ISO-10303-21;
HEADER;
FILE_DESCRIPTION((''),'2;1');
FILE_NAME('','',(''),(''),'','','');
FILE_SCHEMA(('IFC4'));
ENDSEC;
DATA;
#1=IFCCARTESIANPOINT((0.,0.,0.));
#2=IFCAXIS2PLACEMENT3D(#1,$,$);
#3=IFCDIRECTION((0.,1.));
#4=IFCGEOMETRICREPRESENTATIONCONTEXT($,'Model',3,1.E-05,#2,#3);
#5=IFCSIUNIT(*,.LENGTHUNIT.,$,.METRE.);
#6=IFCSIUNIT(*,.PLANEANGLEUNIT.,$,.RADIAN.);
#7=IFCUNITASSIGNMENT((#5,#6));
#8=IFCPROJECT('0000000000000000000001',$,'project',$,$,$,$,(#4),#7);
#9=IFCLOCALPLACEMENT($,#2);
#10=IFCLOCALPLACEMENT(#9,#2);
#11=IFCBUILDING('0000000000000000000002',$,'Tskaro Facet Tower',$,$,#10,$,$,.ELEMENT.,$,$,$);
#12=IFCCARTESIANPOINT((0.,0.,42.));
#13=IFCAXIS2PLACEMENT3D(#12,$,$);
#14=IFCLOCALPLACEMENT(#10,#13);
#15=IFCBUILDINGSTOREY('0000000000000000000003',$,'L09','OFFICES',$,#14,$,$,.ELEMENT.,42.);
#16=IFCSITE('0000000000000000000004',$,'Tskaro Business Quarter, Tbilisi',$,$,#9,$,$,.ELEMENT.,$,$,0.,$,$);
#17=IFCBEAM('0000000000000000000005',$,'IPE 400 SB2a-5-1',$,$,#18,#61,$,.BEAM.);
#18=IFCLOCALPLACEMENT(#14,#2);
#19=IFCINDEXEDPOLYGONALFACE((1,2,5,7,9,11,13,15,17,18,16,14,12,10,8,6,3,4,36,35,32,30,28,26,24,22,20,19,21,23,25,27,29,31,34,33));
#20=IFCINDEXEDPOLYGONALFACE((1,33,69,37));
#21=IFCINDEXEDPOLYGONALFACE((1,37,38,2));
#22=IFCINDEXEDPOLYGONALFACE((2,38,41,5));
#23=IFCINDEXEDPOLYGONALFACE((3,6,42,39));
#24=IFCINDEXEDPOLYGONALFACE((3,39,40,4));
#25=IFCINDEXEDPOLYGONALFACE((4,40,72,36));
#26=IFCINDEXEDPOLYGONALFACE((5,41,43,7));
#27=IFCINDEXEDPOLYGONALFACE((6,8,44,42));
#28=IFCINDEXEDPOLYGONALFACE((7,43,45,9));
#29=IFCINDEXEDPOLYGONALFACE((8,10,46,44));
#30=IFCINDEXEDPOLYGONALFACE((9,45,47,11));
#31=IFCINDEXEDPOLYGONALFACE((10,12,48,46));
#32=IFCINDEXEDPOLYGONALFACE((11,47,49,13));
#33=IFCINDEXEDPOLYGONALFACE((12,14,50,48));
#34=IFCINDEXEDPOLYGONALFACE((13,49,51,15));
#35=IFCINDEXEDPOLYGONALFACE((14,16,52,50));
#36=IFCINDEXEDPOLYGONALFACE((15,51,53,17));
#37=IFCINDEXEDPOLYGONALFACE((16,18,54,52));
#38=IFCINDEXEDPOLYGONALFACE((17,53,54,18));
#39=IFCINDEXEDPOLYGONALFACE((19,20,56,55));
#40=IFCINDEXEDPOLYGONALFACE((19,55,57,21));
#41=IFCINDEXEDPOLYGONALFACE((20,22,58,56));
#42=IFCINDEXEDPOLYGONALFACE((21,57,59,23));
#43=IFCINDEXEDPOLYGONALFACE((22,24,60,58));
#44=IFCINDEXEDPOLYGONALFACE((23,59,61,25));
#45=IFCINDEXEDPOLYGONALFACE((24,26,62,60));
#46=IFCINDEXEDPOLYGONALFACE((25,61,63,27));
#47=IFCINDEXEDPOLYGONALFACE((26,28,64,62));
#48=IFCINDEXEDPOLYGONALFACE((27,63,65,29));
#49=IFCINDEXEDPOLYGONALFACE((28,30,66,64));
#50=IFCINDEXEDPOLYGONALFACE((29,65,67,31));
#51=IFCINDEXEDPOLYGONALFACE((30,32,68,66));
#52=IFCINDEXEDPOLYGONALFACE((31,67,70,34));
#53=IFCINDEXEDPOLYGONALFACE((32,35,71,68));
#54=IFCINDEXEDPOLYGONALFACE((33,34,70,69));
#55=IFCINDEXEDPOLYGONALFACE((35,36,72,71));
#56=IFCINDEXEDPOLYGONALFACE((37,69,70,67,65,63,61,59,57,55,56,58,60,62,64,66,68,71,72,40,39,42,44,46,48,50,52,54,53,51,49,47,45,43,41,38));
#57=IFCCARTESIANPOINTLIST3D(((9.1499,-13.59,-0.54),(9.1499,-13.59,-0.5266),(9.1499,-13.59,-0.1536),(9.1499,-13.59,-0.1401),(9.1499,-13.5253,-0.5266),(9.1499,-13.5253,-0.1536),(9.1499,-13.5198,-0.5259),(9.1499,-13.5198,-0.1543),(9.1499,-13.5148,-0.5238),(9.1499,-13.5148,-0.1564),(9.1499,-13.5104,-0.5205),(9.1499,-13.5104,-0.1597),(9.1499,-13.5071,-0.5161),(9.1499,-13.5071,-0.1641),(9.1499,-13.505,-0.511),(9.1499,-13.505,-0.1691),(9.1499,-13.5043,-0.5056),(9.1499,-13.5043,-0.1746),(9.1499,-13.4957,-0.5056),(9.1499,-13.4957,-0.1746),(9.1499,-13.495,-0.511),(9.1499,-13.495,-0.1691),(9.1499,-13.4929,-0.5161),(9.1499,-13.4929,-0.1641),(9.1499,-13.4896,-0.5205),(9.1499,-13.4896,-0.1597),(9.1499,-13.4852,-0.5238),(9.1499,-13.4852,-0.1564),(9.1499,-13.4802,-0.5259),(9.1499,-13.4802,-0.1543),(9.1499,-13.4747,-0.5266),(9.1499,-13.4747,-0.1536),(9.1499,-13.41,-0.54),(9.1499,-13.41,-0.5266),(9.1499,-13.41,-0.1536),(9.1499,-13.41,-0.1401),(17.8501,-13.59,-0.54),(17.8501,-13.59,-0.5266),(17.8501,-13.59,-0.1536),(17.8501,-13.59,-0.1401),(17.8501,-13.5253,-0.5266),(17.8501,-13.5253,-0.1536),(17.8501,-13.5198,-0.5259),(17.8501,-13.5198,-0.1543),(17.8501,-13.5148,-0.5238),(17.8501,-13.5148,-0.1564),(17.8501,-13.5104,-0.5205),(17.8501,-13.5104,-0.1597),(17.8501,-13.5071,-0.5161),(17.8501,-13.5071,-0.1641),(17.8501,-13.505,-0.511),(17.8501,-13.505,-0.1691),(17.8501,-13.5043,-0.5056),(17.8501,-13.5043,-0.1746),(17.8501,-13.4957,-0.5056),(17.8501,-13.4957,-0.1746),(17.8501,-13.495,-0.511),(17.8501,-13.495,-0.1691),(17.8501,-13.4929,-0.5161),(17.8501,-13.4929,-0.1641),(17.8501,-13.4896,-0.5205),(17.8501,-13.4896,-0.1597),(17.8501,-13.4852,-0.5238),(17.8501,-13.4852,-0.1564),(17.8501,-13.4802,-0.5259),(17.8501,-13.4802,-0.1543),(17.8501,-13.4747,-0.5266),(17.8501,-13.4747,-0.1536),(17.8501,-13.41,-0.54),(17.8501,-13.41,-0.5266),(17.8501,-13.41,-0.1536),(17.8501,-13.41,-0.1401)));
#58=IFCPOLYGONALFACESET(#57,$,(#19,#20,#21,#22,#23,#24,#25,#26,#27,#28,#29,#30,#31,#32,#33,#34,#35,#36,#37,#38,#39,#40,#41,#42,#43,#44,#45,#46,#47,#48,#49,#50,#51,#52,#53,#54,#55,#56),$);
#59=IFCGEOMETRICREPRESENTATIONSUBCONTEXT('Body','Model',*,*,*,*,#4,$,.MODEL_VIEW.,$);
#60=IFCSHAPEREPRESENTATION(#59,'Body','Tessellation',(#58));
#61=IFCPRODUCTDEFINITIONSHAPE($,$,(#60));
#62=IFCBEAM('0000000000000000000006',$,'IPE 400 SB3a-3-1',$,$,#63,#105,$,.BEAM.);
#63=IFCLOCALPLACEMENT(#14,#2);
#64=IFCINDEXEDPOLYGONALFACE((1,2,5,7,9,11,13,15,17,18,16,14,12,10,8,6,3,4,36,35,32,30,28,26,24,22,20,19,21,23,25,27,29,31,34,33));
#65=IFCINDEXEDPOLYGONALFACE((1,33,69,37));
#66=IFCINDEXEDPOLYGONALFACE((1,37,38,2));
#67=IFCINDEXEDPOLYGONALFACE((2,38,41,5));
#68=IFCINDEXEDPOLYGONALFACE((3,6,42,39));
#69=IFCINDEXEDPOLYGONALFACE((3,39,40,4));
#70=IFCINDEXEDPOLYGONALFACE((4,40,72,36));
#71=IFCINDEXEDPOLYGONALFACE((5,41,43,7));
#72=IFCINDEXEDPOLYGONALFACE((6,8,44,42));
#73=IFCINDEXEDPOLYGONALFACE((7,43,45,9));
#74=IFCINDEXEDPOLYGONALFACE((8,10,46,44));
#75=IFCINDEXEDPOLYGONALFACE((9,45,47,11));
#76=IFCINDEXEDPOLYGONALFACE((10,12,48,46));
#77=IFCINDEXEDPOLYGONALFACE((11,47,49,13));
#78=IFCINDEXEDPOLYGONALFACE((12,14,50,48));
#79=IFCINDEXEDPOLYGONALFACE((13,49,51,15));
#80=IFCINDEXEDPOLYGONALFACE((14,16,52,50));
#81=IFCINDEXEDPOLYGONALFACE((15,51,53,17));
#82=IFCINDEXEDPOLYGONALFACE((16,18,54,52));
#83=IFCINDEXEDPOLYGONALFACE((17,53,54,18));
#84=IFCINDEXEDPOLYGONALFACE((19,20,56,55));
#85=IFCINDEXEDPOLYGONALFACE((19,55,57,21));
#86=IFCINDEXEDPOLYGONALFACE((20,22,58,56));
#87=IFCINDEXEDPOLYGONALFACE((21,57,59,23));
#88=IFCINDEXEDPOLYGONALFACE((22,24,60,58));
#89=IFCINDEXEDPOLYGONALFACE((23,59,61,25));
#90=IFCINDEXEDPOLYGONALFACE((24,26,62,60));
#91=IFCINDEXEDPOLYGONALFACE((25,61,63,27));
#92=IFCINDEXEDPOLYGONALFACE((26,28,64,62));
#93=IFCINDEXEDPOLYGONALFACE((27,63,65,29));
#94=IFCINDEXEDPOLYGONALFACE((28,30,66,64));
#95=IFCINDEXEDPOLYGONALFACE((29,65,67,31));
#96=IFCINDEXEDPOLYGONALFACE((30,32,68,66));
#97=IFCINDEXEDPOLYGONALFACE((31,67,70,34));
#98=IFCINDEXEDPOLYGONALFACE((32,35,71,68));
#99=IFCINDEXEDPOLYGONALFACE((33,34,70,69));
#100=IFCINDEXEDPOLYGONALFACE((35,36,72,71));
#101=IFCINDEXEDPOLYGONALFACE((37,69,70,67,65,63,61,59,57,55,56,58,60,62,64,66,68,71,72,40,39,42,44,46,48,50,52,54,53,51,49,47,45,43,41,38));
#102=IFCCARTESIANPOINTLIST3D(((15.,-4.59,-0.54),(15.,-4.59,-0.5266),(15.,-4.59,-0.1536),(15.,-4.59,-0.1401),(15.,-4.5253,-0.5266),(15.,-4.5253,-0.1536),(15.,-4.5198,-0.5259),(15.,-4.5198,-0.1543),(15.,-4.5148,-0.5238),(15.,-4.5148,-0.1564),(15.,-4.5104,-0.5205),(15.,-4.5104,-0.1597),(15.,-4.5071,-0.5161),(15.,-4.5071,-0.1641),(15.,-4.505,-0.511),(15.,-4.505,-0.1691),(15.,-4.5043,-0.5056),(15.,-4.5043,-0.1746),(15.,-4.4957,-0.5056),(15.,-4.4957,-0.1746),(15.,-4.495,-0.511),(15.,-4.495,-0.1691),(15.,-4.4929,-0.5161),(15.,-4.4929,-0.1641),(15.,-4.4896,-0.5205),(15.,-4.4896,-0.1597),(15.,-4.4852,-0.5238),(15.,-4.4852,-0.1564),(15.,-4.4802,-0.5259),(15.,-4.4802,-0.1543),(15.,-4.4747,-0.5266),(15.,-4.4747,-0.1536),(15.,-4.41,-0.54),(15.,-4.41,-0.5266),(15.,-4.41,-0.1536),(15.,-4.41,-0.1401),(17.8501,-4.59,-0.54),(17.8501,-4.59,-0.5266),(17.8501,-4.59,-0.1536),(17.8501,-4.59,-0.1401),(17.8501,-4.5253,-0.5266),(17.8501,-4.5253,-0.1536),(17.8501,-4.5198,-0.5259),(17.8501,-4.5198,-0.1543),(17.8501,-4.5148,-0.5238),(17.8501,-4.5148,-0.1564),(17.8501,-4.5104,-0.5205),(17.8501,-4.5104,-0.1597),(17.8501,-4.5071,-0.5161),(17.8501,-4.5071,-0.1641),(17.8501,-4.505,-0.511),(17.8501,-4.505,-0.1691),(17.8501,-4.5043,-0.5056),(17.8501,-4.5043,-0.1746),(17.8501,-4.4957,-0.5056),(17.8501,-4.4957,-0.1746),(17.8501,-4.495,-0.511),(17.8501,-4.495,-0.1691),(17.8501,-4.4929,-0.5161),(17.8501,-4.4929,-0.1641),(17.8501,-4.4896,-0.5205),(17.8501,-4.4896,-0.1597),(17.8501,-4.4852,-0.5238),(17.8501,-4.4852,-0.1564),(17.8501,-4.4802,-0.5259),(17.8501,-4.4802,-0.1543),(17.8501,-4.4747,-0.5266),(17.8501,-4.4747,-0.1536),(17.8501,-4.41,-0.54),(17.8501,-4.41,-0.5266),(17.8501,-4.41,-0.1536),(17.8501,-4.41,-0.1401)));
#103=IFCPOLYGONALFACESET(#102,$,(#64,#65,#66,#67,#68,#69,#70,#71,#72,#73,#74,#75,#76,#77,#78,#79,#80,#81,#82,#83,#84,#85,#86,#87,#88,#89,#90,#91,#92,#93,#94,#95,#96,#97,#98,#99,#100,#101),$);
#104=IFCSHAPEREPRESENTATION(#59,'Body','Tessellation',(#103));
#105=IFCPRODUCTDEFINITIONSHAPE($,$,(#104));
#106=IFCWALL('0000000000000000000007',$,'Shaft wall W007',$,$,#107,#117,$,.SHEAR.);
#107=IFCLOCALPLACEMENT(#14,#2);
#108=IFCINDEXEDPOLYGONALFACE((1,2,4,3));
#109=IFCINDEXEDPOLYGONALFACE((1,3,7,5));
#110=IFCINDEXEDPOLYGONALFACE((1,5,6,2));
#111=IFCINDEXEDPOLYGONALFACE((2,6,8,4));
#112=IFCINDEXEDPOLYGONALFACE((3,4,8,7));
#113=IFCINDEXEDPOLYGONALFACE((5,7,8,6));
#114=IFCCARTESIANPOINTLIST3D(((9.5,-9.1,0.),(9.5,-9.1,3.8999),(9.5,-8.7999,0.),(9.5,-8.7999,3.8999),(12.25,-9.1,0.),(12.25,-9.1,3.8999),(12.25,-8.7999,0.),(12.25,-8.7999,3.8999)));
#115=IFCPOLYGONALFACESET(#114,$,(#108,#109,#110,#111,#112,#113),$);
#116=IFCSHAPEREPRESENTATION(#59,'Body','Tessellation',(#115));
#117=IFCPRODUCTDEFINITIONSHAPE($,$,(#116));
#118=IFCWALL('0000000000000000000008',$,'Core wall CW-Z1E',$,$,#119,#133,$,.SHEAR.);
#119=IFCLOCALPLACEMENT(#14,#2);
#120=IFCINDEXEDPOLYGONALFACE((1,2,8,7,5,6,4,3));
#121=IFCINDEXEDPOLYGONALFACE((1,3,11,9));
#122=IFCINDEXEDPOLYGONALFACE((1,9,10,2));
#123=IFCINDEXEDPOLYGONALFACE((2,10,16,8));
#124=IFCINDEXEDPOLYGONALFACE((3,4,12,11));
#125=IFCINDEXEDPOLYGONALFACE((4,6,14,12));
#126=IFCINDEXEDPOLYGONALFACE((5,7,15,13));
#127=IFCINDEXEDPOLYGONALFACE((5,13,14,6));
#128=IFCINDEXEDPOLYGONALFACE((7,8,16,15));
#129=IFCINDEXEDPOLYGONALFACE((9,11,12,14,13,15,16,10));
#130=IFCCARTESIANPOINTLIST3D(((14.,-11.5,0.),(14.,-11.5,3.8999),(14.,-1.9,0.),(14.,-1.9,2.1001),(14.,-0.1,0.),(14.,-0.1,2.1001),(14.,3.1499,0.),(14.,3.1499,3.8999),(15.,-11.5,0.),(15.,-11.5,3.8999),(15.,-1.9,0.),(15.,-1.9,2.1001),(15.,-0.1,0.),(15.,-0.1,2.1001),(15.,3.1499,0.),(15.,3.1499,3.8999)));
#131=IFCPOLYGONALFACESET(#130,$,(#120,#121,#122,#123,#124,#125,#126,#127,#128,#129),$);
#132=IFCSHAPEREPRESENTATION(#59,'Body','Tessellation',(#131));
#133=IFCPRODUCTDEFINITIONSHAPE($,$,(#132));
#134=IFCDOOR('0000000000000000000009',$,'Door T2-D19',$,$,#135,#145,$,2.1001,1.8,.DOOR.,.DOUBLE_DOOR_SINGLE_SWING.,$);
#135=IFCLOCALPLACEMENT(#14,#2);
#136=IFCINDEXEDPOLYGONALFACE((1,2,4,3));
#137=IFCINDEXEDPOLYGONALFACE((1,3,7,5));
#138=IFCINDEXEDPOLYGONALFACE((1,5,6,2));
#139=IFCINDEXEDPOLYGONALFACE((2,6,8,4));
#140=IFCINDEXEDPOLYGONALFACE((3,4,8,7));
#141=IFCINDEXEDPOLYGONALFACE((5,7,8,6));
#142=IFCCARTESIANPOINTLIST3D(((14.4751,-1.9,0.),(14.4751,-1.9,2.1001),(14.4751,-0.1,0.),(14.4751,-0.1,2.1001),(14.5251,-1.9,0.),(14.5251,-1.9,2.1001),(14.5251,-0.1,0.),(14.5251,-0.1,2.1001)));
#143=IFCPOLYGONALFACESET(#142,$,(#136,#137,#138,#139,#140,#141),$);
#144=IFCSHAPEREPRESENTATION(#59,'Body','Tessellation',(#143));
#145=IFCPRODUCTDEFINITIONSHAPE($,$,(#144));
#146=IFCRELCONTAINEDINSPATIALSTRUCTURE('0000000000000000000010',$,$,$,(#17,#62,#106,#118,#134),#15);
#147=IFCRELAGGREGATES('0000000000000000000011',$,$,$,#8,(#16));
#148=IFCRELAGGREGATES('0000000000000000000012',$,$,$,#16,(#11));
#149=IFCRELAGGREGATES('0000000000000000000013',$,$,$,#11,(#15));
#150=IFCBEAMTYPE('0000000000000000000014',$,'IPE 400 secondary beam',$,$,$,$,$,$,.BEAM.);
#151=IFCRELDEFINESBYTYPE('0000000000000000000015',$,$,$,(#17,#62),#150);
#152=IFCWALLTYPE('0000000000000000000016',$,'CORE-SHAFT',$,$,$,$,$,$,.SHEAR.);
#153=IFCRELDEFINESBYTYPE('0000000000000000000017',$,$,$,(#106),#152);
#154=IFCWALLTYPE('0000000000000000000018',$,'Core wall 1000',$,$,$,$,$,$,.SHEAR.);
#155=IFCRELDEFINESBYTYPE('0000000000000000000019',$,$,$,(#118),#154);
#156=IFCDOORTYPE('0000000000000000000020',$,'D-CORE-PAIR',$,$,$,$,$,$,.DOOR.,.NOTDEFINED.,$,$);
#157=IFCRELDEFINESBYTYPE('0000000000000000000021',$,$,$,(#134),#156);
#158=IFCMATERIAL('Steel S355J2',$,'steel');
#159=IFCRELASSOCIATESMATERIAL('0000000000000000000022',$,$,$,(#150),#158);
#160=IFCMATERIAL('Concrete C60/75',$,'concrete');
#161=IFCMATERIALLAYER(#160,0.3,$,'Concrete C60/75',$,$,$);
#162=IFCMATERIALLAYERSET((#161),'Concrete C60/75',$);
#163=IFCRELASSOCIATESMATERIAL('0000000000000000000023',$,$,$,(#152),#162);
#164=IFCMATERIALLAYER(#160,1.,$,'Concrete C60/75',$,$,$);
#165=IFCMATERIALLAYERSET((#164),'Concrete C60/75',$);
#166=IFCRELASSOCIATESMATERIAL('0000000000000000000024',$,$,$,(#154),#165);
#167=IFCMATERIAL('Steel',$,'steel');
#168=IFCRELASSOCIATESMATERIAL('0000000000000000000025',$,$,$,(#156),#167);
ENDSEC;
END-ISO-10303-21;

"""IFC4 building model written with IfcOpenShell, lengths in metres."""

from ifc_helpers import new_model, si_unit, direction, frame, frame_2d, origin, origin_2d, place, context, subcontext, project, spatial, rectangle, i_section, extrude, material, layer, layer_set, material_profile, profile_set, type_object, element, fill, save


model = new_model("IFC4")

# Units and contexts
model_context = context("Model", 3, precision=1e-05, world=origin(), true_north=direction((0.0, 1.0)))
body_context = subcontext(model_context, "Body", "Model", "MODEL_VIEW")
ifc_project = project(units=[si_unit("LENGTHUNIT", "METRE"), si_unit("PLANEANGLEUNIT", "RADIAN")], contexts=[model_context])

# Site, building, storey
site_placement = place(None, origin())
site = spatial("IfcSite", under=ifc_project, at=site_placement, Name="Tskaro Business Quarter, Tbilisi", CompositionType="ELEMENT", RefElevation=0.0)
building_placement = place(site_placement, origin())
building = spatial("IfcBuilding", under=site, at=building_placement, Name="Tskaro Facet Tower", CompositionType="ELEMENT")
storey_placement = place(building_placement, frame((0.0, 0.0, 42.0)))
storey = spatial("IfcBuildingStorey", under=building, at=storey_placement, Name="L09", Description="OFFICES", CompositionType="ELEMENT", Elevation=42.0)

# Beams
ifc_material_1 = material(Name="Steel S355J2", Category="steel")
ifc_material_profile = material_profile(ifc_material_1, i_section(OverallWidth=0.1799, OverallDepth=0.3999, WebThickness=0.0085, FlangeThickness=0.0134, FilletRadius=0.021, at=origin_2d()), Name="IPE 400")
ifc_profile_set = profile_set([ifc_material_profile], Name="Steel S355J2")
beam_type = type_object("IfcBeamType", Name="IPE 400 secondary beam", PredefinedType="BEAM", material=ifc_profile_set)
beam_1_placement = place(storey_placement, frame((9.1499, -13.5, -0.3401), z_axis=(1.0, 0.0, 0.0), x_axis=(0.0, 1.0, 0.0)))
element("IfcBeam", 1, at=beam_1_placement, inside=storey, type_object=beam_type, Name="IPE 400 SB2a-5-1", PredefinedType="BEAM", context=body_context, shape_type="SweptSolid", body=[
    extrude(i_section(OverallWidth=0.1799, OverallDepth=0.3999, WebThickness=0.0085, FlangeThickness=0.0134, FilletRadius=0.021, at=origin_2d()), origin(), (0.0, 0.0, 1.0), 8.7002),
])
beam_2_placement = place(storey_placement, frame((15.0, -4.5, -0.3401), z_axis=(1.0, 0.0, 0.0), x_axis=(0.0, 1.0, 0.0)))
element("IfcBeam", 2, at=beam_2_placement, inside=storey, type_object=beam_type, Name="IPE 400 SB3a-3-1", PredefinedType="BEAM", context=body_context, shape_type="SweptSolid", body=[
    extrude(i_section(OverallWidth=0.1799, OverallDepth=0.3999, WebThickness=0.0085, FlangeThickness=0.0134, FilletRadius=0.021, at=origin_2d()), origin(), (0.0, 0.0, 1.0), 2.8501),
])

# Wall
ifc_material_2 = material(Name="Concrete C60/75", Category="concrete")
ifc_layer_1 = layer(ifc_material_2, 0.3, Name="Concrete C60/75")
ifc_layer_set_1 = layer_set([ifc_layer_1], Name="Concrete C60/75")
wall_type_1 = type_object("IfcWallType", Name="CORE-SHAFT", PredefinedType="SHEAR", material=ifc_layer_set_1)
wall_1_placement = place(storey_placement, frame((9.5, -8.95, 0.0), z_axis=(0.0, 0.0, 1.0), x_axis=(1.0, 0.0, 0.0)))
element("IfcWall", 3, at=wall_1_placement, inside=storey, type_object=wall_type_1, Name="Shaft wall W007", PredefinedType="SHEAR", context=body_context, shape_type="SweptSolid", body=[
    extrude(rectangle(XDim=2.75, YDim=0.3, at=frame_2d((1.375, 0.0))), origin(), (0.0, 0.0, 1.0), 3.8999),
])

# Wall, opening, door
ifc_layer_2 = layer(ifc_material_2, 1.0, Name="Concrete C60/75")
ifc_layer_set_2 = layer_set([ifc_layer_2], Name="Concrete C60/75")
wall_type_2 = type_object("IfcWallType", Name="Core wall 1000", PredefinedType="SHEAR", material=ifc_layer_set_2)
wall_2_placement = place(storey_placement, frame((14.5, -11.5, 0.0), z_axis=(0.0, 0.0, 1.0), x_axis=(0.0, 1.0, 0.0)))
wall_2 = element("IfcWall", 4, at=wall_2_placement, inside=storey, type_object=wall_type_2, Name="Core wall CW-Z1E", PredefinedType="SHEAR", context=body_context, shape_type="SweptSolid", body=[
    extrude(rectangle(XDim=14.6499, YDim=1.0, at=frame_2d((7.325, 0.0))), origin(), (0.0, 0.0, 1.0), 3.8999),
])
opening_1_placement = place(wall_2_placement, frame((9.6001, 0.0, 0.0)))
opening_1 = element("IfcOpeningElement", 5, at=opening_1_placement, cuts=wall_2, PredefinedType="OPENING", context=body_context, shape_type="SweptSolid", body=[
    extrude(rectangle(XDim=1.8, YDim=2.1001, at=frame_2d((0.8999, 1.05))), frame((0.0, 0.51, 0.0), z_axis=(0.0, -1.0, 0.0), x_axis=(1.0, 0.0, 0.0)), (0.0, 0.0, 1.0), 1.02),
])
ifc_material_3 = material(Name="Steel", Category="steel")
door_type_1 = type_object("IfcDoorType", Name="D-CORE-PAIR", OperationType="NOTDEFINED", PredefinedType="DOOR", material=ifc_material_3)
door_1_placement = place(opening_1_placement, origin())
door_1 = element("IfcDoor", 6, at=door_1_placement, inside=storey, type_object=door_type_1, Name="Door T2-D19", OperationType="DOUBLE_DOOR_SINGLE_SWING", OverallHeight=2.1001, OverallWidth=1.8, PredefinedType="DOOR", context=body_context, shape_type="SweptSolid", body=[
    extrude(rectangle(XDim=1.8, YDim=2.1001, at=frame_2d((0.8999, 1.05))), frame((0.0, 0.0249, 0.0), z_axis=(0.0, -1.0, 0.0), x_axis=(1.0, 0.0, 0.0)), (0.0, 0.0, 1.0), 0.05),
])
fill(opening_1, door_1)

save(model, "model.ifc")
